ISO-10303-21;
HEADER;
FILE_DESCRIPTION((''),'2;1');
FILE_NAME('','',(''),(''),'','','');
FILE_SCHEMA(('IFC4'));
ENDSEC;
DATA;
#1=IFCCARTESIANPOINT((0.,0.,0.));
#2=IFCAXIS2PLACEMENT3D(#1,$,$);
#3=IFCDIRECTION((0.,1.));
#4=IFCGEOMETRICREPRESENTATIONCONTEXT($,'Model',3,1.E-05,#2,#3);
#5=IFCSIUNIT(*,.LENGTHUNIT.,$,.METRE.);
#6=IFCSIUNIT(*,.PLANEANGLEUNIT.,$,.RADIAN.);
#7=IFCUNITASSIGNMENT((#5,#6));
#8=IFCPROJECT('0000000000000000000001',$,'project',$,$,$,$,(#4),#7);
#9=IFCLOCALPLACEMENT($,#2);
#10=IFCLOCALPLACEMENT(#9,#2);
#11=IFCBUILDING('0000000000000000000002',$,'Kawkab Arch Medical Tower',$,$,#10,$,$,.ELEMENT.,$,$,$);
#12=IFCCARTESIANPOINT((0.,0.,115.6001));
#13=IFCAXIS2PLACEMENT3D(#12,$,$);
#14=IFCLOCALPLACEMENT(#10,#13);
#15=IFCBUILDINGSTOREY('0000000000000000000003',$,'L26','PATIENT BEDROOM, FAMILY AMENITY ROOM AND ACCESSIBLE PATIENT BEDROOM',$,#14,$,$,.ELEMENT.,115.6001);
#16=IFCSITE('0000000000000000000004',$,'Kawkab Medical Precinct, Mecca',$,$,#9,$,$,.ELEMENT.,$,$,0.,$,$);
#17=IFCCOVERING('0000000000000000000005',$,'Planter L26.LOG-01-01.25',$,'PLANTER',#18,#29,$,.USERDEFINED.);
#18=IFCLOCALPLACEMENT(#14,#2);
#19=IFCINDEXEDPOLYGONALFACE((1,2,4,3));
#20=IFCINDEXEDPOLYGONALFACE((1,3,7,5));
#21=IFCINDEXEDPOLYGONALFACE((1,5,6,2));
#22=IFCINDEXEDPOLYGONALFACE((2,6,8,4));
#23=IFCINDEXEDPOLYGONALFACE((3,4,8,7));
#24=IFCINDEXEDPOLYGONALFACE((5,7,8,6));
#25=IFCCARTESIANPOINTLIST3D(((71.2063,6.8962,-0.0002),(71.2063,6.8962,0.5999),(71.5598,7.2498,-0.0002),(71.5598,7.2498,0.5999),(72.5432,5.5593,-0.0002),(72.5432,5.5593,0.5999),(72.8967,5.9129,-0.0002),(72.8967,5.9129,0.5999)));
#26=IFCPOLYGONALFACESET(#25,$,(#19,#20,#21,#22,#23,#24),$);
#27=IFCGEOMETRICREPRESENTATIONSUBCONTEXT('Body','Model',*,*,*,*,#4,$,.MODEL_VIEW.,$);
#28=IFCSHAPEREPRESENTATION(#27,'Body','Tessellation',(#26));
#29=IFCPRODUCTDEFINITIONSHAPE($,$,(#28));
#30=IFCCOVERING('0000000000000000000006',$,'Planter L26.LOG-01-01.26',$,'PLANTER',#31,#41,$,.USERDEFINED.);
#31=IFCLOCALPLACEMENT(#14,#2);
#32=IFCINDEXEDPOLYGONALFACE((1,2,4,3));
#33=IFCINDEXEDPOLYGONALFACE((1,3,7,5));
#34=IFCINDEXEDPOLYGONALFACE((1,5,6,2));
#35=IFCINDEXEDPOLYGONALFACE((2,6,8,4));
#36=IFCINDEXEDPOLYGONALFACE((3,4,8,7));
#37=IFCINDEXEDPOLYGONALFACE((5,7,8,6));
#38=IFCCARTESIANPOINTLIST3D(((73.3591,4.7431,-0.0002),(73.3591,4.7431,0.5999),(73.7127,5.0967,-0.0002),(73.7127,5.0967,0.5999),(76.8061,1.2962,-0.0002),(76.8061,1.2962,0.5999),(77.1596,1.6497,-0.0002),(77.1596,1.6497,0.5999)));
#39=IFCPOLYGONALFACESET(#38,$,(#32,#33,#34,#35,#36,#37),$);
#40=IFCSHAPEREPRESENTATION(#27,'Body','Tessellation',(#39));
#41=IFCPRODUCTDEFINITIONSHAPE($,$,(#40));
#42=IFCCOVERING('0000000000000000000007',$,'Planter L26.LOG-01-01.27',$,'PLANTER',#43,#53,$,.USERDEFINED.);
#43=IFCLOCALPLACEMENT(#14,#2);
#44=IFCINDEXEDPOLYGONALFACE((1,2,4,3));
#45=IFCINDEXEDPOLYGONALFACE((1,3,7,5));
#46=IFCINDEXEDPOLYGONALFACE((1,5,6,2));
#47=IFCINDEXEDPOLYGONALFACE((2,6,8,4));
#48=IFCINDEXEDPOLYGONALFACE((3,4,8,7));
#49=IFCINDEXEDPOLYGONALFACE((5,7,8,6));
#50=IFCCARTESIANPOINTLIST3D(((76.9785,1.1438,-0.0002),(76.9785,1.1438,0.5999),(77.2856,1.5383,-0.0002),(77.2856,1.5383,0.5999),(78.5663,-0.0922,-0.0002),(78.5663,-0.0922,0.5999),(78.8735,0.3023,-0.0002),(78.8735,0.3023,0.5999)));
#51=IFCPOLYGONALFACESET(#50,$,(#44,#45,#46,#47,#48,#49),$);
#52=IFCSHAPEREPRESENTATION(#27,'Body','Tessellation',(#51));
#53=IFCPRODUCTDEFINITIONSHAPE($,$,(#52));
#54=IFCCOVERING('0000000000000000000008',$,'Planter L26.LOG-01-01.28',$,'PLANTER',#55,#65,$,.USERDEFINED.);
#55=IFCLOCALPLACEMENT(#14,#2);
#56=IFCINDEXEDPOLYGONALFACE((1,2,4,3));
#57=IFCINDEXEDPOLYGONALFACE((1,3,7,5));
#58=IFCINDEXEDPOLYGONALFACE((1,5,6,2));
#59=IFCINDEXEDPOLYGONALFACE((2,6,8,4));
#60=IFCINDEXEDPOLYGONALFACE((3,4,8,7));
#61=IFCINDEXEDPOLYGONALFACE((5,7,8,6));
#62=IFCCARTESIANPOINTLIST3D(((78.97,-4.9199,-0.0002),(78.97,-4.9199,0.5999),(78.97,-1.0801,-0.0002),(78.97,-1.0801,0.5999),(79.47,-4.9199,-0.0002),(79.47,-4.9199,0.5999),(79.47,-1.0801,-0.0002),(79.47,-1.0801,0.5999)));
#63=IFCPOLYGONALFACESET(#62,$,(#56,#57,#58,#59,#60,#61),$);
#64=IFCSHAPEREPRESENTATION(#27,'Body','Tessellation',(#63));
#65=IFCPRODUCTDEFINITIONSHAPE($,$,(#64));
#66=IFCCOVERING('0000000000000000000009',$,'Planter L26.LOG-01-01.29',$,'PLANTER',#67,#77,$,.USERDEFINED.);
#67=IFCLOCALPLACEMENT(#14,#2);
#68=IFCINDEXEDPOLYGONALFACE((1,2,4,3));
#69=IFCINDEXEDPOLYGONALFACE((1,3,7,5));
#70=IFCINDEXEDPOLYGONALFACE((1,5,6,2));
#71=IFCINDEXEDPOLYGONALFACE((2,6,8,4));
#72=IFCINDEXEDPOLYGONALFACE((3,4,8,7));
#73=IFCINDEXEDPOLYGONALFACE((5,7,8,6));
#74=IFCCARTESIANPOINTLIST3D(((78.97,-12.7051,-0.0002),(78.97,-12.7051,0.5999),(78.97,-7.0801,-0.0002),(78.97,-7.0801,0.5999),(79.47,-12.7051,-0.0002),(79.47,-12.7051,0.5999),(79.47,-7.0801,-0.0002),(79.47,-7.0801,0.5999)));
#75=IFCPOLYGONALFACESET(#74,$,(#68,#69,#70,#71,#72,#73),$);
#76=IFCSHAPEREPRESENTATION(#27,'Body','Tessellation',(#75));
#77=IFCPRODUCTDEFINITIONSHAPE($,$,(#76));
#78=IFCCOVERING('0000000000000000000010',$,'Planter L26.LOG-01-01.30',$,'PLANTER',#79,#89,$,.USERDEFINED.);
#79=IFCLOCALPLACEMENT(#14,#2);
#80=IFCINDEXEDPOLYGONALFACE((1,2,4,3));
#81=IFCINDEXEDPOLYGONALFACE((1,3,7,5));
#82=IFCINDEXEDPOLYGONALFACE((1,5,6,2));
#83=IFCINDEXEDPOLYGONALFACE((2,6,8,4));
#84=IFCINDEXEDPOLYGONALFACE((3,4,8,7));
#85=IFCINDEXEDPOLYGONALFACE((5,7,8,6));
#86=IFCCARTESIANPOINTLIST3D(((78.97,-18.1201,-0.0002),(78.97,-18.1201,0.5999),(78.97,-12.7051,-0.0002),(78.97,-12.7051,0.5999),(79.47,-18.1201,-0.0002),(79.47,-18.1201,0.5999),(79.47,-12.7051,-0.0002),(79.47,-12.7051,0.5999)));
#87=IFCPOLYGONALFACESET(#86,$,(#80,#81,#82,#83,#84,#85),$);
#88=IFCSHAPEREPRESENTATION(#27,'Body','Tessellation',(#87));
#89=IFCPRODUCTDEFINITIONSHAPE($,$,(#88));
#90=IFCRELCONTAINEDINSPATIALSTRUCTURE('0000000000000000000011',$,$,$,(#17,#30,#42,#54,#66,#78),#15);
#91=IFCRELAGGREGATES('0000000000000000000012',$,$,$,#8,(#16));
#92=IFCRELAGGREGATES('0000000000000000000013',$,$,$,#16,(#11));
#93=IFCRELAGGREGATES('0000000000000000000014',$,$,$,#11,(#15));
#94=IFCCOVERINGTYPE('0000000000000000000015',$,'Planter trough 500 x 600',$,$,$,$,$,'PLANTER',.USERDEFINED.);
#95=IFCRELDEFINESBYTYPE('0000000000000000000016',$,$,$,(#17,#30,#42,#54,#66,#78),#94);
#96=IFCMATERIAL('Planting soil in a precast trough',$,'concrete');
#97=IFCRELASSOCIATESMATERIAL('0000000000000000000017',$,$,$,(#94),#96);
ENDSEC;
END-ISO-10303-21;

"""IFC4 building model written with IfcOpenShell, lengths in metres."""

from ifc_helpers import new_model, si_unit, direction, frame, origin, origin_2d, place, context, subcontext, project, spatial, rectangle, extrude, material, material_profile, profile_set, type_object, element, save


model = new_model("IFC4")

# Units and contexts
model_context = context("Model", 3, precision=1e-05, world=origin(), true_north=direction((0.0, 1.0)))
body_context = subcontext(model_context, "Body", "Model", "MODEL_VIEW")
ifc_project = project(units=[si_unit("LENGTHUNIT", "METRE"), si_unit("PLANEANGLEUNIT", "RADIAN")], contexts=[model_context])

# Site, building, storey
site_placement = place(None, origin())
site = spatial("IfcSite", under=ifc_project, at=site_placement, Name="Kawkab Medical Precinct, Mecca", CompositionType="ELEMENT", RefElevation=0.0)
building_placement = place(site_placement, origin())
building = spatial("IfcBuilding", under=site, at=building_placement, Name="Kawkab Arch Medical Tower", CompositionType="ELEMENT")
storey_placement = place(building_placement, frame((0.0, 0.0, 115.6001)))
storey = spatial("IfcBuildingStorey", under=building, at=storey_placement, Name="L26", Description="PATIENT BEDROOM, FAMILY AMENITY ROOM AND ACCESSIBLE PATIENT BEDROOM", CompositionType="ELEMENT", Elevation=115.6001)

# Coverings
ifc_material_1 = material(Name="Planting soil in a precast trough", Category="concrete")
ifc_material_profile_1 = material_profile(ifc_material_1, rectangle(XDim=0.5, YDim=0.6001, at=origin_2d()), Name="Trough 500x600")
ifc_profile_set_1 = profile_set([ifc_material_profile_1], Name="Planting soil in a precast trough")
covering_type_1 = type_object("IfcCoveringType", Name="Planter trough 500 x 600", ElementType="PLANTER", PredefinedType="USERDEFINED", material=ifc_profile_set_1)
covering_1_placement = place(storey_placement, frame((71.3831, 7.073, 0.2998), z_axis=(0.707107, -0.707107, 0.0), x_axis=(0.707107, 0.707107, 0.0)))
element("IfcCovering", 1, at=covering_1_placement, inside=storey, type_object=covering_type_1, Name="Planter L26.LOG-01-01.25", ObjectType="PLANTER", PredefinedType="USERDEFINED", context=body_context, shape_type="SweptSolid", body=[
    extrude(rectangle(XDim=0.5, YDim=0.6001, at=origin_2d()), origin(), (0.0, 0.0, 1.0), 1.8906),
])
covering_2_placement = place(storey_placement, frame((73.5359, 4.9199, 0.2998), z_axis=(0.707107, -0.707107, 0.0), x_axis=(0.707107, 0.707107, 0.0)))
element("IfcCovering", 2, at=covering_2_placement, inside=storey, type_object=covering_type_1, Name="Planter L26.LOG-01-01.26", ObjectType="PLANTER", PredefinedType="USERDEFINED", context=body_context, shape_type="SweptSolid", body=[
    extrude(rectangle(XDim=0.5, YDim=0.6001, at=origin_2d()), origin(), (0.0, 0.0, 1.0), 4.8748),
])
covering_3_placement = place(storey_placement, frame((77.1321, 1.3411, 0.2998), z_axis=(0.789097, -0.614268, 0.0), x_axis=(0.614268, 0.789097, 0.0)))
element("IfcCovering", 3, at=covering_3_placement, inside=storey, type_object=covering_type_1, Name="Planter L26.LOG-01-01.27", ObjectType="PLANTER", PredefinedType="USERDEFINED", context=body_context, shape_type="SweptSolid", body=[
    extrude(rectangle(XDim=0.5, YDim=0.6001, at=origin_2d()), origin(), (0.0, 0.0, 1.0), 2.0122),
])
covering_4_placement = place(storey_placement, frame((79.22, -1.0801, 0.2998), z_axis=(0.0, -1.0, 0.0), x_axis=(1.0, 0.0, 0.0)))
element("IfcCovering", 4, at=covering_4_placement, inside=storey, type_object=covering_type_1, Name="Planter L26.LOG-01-01.28", ObjectType="PLANTER", PredefinedType="USERDEFINED", context=body_context, shape_type="SweptSolid", body=[
    extrude(rectangle(XDim=0.5, YDim=0.6001, at=origin_2d()), origin(), (0.0, 0.0, 1.0), 3.8398),
])
covering_5_placement = place(storey_placement, frame((79.22, -7.0801, 0.2998), z_axis=(0.0, -1.0, 0.0), x_axis=(1.0, 0.0, 0.0)))
element("IfcCovering", 5, at=covering_5_placement, inside=storey, type_object=covering_type_1, Name="Planter L26.LOG-01-01.29", ObjectType="PLANTER", PredefinedType="USERDEFINED", context=body_context, shape_type="SweptSolid", body=[
    extrude(rectangle(XDim=0.5, YDim=0.6001, at=origin_2d()), origin(), (0.0, 0.0, 1.0), 5.625),
])
covering_6_placement = place(storey_placement, frame((79.22, -12.7051, 0.2998), z_axis=(0.0, -1.0, 0.0), x_axis=(1.0, 0.0, 0.0)))
element("IfcCovering", 6, at=covering_6_placement, inside=storey, type_object=covering_type_1, Name="Planter L26.LOG-01-01.30", ObjectType="PLANTER", PredefinedType="USERDEFINED", context=body_context, shape_type="SweptSolid", body=[
    extrude(rectangle(XDim=0.5, YDim=0.6001, at=origin_2d()), origin(), (0.0, 0.0, 1.0), 5.415),
])

save(model, "model.ifc")
